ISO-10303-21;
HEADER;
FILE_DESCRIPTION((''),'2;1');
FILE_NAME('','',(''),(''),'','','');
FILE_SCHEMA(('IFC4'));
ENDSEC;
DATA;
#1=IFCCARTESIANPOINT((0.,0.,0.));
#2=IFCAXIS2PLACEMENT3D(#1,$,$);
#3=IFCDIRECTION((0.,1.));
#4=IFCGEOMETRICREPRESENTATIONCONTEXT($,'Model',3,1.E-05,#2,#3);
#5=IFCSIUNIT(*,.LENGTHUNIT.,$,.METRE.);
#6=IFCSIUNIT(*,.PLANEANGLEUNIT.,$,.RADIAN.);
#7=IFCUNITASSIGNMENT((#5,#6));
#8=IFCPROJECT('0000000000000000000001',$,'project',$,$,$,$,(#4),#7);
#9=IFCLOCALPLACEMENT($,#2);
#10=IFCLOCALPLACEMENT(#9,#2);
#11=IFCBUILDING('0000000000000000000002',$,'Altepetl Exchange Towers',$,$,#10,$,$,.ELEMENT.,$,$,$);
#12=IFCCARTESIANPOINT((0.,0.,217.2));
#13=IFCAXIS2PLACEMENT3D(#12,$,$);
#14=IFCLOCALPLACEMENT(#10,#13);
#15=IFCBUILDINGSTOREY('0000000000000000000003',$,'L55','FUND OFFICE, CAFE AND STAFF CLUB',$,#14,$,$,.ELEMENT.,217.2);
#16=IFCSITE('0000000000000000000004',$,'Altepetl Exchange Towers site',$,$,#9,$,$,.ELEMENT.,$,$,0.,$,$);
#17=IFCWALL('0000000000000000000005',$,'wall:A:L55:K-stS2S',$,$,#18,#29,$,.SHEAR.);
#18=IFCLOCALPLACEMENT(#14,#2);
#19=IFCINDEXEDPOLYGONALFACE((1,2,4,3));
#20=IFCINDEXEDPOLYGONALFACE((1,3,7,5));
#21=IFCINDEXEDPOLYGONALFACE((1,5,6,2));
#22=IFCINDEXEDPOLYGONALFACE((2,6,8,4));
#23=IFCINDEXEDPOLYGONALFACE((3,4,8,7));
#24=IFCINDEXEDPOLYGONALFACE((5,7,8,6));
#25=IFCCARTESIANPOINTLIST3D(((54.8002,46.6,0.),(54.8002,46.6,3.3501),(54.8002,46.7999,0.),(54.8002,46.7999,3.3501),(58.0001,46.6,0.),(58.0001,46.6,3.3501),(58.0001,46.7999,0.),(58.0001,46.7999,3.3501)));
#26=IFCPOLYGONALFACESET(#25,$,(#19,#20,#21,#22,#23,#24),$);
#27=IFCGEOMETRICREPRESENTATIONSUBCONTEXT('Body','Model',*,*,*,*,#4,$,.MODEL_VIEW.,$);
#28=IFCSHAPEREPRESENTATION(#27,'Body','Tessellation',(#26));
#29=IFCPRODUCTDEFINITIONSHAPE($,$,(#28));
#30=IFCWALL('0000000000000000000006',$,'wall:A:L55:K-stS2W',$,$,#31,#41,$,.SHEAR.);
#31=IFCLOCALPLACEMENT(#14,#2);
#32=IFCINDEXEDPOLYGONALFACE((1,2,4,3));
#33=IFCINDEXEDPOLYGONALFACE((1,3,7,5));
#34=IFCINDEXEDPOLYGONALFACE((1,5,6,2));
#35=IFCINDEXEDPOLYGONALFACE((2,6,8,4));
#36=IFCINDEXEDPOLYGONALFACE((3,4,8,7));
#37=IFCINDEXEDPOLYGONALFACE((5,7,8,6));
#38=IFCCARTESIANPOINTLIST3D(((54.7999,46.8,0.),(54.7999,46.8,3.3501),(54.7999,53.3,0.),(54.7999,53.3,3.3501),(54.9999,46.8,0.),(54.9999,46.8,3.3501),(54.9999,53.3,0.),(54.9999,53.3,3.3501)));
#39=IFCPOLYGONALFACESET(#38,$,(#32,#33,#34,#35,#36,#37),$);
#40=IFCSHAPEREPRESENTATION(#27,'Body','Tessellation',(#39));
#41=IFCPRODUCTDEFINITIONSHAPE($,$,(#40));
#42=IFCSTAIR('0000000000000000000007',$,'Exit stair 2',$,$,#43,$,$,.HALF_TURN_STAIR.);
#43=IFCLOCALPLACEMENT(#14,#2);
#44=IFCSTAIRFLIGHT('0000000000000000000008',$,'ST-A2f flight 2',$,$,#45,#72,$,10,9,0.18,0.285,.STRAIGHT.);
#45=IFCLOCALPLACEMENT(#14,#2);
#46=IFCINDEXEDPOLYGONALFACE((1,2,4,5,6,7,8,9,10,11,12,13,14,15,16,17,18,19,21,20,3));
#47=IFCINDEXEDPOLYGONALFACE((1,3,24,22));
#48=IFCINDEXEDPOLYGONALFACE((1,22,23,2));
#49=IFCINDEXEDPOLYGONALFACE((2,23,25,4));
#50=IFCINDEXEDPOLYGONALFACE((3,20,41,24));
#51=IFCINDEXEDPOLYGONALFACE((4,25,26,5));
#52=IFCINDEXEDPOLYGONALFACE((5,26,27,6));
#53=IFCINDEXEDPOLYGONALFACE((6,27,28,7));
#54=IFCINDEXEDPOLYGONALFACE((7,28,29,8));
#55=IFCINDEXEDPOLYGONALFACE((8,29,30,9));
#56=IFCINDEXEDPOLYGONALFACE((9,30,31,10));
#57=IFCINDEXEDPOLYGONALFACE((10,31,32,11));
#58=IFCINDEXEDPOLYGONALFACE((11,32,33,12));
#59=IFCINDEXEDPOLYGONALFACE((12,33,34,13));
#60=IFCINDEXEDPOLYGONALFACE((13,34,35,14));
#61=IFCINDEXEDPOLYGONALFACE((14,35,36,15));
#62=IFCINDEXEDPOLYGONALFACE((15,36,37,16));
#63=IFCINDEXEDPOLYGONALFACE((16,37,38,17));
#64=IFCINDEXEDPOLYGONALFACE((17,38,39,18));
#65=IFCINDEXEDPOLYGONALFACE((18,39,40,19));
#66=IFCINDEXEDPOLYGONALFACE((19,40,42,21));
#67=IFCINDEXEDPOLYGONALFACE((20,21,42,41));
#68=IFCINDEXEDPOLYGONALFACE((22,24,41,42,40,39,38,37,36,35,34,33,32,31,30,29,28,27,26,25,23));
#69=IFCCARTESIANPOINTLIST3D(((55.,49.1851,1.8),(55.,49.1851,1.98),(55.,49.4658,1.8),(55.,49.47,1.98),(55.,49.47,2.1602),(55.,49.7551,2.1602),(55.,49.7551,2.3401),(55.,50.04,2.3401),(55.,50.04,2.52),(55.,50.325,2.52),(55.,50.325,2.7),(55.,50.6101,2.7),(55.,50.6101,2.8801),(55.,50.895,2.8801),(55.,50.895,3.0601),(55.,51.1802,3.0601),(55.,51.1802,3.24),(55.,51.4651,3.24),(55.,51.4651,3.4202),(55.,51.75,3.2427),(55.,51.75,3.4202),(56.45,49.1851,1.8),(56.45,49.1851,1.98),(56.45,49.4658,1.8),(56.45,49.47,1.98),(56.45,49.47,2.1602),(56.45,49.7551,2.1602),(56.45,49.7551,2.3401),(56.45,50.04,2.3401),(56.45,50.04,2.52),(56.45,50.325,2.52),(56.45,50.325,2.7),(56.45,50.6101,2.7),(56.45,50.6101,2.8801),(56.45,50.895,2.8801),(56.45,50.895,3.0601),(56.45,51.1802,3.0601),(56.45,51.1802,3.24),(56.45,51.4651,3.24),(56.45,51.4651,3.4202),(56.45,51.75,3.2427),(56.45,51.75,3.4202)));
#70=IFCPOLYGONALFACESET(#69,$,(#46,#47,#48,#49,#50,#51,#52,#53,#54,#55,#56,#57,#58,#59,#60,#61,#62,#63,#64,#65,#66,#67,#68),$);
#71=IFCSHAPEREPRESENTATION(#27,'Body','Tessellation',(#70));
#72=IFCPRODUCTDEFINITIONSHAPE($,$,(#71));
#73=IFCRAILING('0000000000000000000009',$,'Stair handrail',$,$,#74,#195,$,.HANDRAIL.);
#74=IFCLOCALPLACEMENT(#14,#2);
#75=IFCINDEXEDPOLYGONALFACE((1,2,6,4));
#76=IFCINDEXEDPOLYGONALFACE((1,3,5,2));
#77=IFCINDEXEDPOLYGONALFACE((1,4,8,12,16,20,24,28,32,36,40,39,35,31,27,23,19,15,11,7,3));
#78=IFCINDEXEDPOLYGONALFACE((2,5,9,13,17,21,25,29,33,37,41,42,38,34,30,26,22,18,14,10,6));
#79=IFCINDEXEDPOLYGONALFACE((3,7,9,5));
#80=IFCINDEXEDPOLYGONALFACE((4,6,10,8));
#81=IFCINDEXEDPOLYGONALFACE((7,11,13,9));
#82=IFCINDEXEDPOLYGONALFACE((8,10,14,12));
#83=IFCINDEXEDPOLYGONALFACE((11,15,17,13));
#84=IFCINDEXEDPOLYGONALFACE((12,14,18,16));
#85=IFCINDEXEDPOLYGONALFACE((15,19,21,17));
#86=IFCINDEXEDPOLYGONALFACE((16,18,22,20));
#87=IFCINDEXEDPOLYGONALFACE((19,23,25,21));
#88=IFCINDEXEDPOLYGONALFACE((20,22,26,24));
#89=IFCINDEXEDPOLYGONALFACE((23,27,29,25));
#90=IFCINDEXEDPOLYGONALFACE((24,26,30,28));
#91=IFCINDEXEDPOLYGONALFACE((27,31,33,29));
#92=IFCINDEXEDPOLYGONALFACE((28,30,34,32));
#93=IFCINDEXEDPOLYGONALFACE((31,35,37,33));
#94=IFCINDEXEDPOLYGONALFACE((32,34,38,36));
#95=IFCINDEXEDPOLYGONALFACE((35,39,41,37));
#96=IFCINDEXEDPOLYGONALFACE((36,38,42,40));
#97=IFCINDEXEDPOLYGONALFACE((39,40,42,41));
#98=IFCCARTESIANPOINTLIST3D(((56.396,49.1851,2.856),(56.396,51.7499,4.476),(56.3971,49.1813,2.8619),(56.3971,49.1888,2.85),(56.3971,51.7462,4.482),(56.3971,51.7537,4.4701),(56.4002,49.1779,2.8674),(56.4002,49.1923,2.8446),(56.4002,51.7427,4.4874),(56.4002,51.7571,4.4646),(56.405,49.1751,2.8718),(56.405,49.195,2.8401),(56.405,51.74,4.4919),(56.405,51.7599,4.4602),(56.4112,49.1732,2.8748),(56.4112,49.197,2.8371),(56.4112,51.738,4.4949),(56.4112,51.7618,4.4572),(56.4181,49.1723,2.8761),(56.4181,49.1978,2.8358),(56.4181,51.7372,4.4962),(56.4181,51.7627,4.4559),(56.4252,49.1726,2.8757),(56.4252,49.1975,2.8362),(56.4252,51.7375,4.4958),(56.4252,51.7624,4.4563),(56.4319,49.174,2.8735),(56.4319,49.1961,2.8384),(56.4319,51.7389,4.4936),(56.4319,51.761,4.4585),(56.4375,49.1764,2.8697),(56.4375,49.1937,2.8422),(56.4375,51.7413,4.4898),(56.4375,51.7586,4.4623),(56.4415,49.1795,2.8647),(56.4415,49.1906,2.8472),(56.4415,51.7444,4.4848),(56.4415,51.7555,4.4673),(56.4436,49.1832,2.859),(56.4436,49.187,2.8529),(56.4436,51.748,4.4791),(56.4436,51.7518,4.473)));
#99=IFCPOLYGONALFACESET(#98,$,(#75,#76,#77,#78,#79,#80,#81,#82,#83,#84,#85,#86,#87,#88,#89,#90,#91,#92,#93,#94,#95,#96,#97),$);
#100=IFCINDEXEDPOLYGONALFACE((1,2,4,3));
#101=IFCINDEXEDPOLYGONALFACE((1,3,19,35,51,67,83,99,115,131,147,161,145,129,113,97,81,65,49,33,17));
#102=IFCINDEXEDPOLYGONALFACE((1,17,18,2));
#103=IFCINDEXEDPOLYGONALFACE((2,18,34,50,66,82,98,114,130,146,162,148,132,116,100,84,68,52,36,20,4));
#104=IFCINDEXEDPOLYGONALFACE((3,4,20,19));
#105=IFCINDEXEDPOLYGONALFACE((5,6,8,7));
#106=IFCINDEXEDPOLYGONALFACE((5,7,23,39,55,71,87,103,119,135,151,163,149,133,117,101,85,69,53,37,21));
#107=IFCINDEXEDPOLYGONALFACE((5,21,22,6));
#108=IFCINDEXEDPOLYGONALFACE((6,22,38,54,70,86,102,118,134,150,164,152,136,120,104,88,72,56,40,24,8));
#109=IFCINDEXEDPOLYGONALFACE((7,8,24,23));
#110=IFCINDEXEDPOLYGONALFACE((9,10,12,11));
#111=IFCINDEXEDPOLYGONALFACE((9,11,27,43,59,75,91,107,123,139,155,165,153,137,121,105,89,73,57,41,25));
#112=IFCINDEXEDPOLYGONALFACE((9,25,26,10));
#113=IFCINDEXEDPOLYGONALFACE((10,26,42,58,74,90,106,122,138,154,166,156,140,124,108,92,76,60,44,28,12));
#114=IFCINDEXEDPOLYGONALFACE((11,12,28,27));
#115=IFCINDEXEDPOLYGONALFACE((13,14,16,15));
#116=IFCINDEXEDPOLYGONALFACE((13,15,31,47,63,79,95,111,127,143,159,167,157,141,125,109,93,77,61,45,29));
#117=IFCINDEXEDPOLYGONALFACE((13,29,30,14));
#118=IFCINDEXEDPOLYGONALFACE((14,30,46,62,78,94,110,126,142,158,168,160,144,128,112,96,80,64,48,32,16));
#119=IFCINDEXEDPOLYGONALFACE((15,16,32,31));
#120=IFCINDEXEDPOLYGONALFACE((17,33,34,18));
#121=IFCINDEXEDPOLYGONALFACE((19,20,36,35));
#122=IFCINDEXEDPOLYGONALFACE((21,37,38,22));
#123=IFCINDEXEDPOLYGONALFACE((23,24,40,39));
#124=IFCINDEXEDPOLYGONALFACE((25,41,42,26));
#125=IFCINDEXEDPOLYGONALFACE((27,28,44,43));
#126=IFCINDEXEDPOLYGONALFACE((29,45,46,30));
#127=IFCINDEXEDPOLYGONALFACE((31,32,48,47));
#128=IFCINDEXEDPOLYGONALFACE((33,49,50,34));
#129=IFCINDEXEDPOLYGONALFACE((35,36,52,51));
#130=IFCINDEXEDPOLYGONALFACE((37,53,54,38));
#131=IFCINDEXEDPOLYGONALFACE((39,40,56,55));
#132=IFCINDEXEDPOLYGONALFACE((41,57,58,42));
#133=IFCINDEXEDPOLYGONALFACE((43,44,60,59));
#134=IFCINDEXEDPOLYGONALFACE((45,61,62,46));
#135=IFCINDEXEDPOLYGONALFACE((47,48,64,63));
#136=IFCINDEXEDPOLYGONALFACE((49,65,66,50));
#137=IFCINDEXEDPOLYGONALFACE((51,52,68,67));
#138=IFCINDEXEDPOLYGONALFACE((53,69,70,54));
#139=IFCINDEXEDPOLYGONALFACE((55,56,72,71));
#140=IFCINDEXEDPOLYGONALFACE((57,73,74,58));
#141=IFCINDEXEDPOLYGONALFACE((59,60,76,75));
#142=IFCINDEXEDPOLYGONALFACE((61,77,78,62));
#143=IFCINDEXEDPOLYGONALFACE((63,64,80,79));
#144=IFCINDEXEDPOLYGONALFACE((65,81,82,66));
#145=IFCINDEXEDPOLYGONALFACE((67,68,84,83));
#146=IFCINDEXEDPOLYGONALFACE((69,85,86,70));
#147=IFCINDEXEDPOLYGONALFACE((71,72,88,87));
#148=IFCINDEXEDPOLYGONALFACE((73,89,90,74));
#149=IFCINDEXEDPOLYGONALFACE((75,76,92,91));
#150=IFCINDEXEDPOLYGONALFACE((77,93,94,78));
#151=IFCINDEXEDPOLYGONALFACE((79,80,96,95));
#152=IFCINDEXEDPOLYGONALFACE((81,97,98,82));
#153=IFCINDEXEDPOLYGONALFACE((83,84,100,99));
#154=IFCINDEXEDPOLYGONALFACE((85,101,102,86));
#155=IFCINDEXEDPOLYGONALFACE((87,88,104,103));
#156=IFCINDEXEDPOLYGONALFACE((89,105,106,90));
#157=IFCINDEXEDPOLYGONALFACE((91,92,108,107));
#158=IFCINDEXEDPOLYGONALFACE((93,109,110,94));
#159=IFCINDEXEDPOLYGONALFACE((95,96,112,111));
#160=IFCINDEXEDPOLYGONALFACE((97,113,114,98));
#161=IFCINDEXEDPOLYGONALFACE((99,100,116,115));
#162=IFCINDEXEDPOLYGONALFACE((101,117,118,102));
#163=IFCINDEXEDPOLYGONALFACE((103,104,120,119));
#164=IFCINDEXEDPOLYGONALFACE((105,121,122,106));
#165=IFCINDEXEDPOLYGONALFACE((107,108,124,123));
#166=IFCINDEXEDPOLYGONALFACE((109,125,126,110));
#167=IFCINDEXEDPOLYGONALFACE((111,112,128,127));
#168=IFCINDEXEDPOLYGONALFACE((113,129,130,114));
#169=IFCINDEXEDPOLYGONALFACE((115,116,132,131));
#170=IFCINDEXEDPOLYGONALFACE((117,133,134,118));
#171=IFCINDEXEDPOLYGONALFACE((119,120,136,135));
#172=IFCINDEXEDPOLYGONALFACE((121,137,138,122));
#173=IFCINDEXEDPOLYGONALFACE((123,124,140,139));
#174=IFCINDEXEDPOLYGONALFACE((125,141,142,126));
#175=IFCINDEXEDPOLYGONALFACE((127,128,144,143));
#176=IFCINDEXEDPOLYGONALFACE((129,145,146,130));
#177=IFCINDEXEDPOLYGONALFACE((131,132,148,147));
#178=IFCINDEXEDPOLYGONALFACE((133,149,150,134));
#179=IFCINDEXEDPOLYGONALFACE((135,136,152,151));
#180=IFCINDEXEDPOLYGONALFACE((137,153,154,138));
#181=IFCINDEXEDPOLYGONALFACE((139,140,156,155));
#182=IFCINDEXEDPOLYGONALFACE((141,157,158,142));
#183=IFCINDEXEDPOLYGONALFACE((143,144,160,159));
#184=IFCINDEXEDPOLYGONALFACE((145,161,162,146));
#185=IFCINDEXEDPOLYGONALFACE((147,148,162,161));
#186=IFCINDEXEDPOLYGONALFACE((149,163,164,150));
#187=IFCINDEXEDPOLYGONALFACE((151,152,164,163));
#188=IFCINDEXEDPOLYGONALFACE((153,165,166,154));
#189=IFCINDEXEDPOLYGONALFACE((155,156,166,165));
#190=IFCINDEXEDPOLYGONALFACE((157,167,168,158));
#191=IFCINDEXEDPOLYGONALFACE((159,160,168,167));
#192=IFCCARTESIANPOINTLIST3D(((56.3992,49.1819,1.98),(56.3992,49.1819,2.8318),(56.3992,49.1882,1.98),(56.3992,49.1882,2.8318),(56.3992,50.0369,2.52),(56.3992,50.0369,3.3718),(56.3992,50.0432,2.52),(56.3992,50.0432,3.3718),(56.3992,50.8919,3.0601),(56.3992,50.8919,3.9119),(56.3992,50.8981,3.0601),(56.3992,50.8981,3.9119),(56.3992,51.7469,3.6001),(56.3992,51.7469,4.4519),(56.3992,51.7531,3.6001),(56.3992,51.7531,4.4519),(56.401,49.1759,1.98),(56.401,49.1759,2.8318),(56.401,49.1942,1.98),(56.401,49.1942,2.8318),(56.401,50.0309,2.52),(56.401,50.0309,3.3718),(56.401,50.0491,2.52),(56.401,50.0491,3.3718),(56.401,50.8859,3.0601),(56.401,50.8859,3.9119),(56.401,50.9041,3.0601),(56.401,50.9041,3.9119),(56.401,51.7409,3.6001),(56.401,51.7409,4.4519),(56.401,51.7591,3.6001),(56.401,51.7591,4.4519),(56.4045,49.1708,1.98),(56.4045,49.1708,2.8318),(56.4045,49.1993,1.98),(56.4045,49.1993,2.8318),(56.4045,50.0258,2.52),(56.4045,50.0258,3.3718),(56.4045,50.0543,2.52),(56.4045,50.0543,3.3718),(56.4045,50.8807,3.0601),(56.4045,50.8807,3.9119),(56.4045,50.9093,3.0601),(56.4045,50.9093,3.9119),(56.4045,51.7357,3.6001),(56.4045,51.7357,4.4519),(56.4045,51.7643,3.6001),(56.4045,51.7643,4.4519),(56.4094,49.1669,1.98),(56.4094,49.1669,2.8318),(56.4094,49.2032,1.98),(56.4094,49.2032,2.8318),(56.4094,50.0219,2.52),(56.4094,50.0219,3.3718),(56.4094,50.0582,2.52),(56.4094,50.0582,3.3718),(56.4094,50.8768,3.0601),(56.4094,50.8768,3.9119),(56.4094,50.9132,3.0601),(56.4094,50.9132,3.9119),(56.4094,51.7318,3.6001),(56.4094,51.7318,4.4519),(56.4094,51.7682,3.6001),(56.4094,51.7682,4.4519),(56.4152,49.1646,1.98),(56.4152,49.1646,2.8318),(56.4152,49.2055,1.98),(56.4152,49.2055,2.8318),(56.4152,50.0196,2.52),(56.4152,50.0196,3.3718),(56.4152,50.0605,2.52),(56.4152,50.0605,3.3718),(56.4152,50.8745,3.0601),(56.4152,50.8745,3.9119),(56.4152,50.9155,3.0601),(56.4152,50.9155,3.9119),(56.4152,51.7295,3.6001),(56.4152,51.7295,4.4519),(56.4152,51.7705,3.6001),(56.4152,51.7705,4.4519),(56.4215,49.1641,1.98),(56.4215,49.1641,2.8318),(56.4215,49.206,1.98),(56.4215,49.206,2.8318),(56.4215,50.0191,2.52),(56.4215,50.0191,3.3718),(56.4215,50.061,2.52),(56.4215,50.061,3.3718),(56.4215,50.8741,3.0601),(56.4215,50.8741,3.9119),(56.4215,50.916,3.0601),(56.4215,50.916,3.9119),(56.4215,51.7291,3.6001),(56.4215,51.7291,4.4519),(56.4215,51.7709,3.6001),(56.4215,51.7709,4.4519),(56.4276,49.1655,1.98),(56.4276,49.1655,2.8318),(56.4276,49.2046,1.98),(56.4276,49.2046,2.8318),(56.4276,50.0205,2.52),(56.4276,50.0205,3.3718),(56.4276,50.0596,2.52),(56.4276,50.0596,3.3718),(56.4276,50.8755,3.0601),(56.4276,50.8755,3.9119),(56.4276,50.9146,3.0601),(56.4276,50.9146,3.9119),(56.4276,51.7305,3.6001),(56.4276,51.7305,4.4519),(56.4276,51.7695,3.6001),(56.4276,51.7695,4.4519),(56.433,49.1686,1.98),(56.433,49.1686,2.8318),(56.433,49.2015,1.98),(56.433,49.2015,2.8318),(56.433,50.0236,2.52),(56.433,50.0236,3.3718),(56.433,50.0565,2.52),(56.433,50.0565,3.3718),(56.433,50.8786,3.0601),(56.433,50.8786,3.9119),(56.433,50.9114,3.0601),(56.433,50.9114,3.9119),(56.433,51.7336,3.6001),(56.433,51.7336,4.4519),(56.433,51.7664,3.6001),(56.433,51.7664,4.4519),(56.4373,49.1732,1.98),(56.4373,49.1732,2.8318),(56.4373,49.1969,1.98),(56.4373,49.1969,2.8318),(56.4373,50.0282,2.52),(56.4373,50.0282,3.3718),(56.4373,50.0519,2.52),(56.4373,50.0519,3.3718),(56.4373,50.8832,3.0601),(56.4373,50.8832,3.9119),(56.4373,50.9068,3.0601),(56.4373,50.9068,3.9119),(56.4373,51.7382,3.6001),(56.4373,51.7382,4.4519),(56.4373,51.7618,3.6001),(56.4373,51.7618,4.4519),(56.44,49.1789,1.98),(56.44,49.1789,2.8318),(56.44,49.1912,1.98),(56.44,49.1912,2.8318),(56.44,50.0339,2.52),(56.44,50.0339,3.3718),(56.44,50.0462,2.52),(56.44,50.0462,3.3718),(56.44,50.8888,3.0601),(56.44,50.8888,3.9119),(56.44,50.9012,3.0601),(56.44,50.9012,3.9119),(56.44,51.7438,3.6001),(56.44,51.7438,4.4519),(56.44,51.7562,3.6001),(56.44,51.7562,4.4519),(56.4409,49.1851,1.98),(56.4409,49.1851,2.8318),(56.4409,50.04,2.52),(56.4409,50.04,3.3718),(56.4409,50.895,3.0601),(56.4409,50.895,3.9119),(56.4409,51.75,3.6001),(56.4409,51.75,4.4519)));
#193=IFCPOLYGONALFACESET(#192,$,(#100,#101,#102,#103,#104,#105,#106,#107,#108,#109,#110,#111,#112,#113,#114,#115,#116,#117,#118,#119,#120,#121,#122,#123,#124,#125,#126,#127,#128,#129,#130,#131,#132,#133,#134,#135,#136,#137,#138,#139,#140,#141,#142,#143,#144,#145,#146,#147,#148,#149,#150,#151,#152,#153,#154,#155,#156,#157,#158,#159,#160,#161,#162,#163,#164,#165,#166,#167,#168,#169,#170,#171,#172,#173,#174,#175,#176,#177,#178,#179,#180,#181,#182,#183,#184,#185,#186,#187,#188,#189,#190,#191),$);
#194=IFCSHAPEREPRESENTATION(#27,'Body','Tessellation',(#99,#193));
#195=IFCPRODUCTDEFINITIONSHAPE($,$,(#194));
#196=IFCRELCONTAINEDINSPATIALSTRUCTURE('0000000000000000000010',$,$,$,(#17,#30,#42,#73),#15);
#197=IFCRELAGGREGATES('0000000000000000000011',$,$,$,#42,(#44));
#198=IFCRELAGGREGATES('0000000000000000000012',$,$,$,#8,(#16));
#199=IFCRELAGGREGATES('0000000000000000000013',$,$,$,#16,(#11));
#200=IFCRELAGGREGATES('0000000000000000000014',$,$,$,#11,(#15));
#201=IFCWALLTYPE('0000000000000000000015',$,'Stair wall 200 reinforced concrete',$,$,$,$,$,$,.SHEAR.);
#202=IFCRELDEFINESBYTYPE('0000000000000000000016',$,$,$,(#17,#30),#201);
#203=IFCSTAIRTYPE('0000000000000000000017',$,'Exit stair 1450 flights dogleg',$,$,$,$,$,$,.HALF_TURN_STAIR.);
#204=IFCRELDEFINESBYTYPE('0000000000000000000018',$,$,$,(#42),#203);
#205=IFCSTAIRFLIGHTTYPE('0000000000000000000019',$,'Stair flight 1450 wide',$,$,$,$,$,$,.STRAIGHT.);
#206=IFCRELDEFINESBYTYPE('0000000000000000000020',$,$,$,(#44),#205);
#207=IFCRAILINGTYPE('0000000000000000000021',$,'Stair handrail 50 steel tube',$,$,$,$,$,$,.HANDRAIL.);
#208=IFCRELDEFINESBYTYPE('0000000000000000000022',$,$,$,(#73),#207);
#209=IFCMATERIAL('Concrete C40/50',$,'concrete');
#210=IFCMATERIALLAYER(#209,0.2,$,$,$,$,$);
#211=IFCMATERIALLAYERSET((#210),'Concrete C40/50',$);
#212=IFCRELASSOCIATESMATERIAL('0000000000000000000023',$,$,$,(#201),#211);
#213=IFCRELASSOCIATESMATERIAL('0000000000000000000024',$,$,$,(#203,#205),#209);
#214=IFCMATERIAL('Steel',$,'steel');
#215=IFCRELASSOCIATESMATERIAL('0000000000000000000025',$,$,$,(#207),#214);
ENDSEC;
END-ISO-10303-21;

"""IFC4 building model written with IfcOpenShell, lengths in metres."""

from ifc_helpers import new_model, si_unit, direction, frame, frame_2d, origin, origin_2d, place, context, subcontext, project, spatial, polyline, rectangle, circle, outline, extrude, source, transform, mapped, material, layer, layer_set, type_object, element, aggregate, save


model = new_model("IFC4")

# Units and contexts
model_context = context("Model", 3, precision=1e-05, world=origin(), true_north=direction((0.0, 1.0)))
body_context = subcontext(model_context, "Body", "Model", "MODEL_VIEW")
ifc_project = project(units=[si_unit("LENGTHUNIT", "METRE"), si_unit("PLANEANGLEUNIT", "RADIAN")], contexts=[model_context])

# Site, building, storey
site_placement = place(None, origin())
site = spatial("IfcSite", under=ifc_project, at=site_placement, Name="Altepetl Exchange Towers site", CompositionType="ELEMENT", RefElevation=0.0)
building_placement = place(site_placement, origin())
building = spatial("IfcBuilding", under=site, at=building_placement, Name="Altepetl Exchange Towers", CompositionType="ELEMENT")
storey_placement = place(building_placement, frame((0.0, 0.0, 217.2)))
storey = spatial("IfcBuildingStorey", under=building, at=storey_placement, Name="L55", Description="FUND OFFICE, CAFE AND STAFF CLUB", CompositionType="ELEMENT", Elevation=217.2)

# Walls
ifc_material_1 = material(Name="Concrete C40/50", Category="concrete")
ifc_layer_1 = layer(ifc_material_1, 0.2)
ifc_layer_set_1 = layer_set([ifc_layer_1], Name="Concrete C40/50")
wall_type_1 = type_object("IfcWallType", Name="Stair wall 200 reinforced concrete", PredefinedType="SHEAR", material=ifc_layer_set_1)
wall_1_placement = place(storey_placement, frame((54.8, 46.7, 0.0)))
element("IfcWall", 1, at=wall_1_placement, inside=storey, type_object=wall_type_1, Name="wall:A:L55:K-stS2S", PredefinedType="SHEAR", context=body_context, shape_type="SweptSolid", body=[
    extrude(rectangle(XDim=3.2, YDim=0.2, at=frame_2d((1.6001, 0.0))), origin(), (0.0, 0.0, 1.0), 3.3501),
])
wall_2_placement = place(storey_placement, frame((54.8999, 46.8, 0.0), z_axis=(0.0, 0.0, 1.0), x_axis=(0.0, 1.0, 0.0)))
element("IfcWall", 2, at=wall_2_placement, inside=storey, type_object=wall_type_1, Name="wall:A:L55:K-stS2W", PredefinedType="SHEAR", context=body_context, shape_type="SweptSolid", body=[
    extrude(rectangle(XDim=6.5, YDim=0.2, at=frame_2d((3.25, 0.0))), origin(), (0.0, 0.0, 1.0), 3.3501),
])

# Stair, stair flight
stair_type = type_object("IfcStairType", Name="Exit stair 1450 flights dogleg", PredefinedType="HALF_TURN_STAIR", material=ifc_material_1)
stair_placement = place(storey_placement, origin())
stair = element("IfcStair", 3, at=stair_placement, inside=storey, type_object=stair_type, Name="Exit stair 2", PredefinedType="HALF_TURN_STAIR")
stair_flight_type = type_object("IfcStairFlightType", Name="Stair flight 1450 wide", PredefinedType="STRAIGHT", material=ifc_material_1)
stair_flight_placement = place(storey_placement, frame((55.7251, 49.1851, 1.8), z_axis=(0.0, 0.0, 1.0), x_axis=(0.0, 1.0, 0.0)))
stair_flight = element("IfcStairFlight", 4, at=stair_flight_placement, type_object=stair_flight_type, Name="ST-A2f flight 2", NumberOfRisers=10, NumberOfTreads=9, PredefinedType="STRAIGHT", RiserHeight=0.18, TreadLength=0.285, context=body_context, shape_type="SweptSolid", body=[
    extrude(outline(polyline([(0.0, 0.0), (0.0, 0.1799), (0.2849, 0.1799), (0.2849, 0.3601), (0.5701, 0.3601), (0.5701, 0.54), (0.855, 0.54), (0.855, 0.72), (1.1399, 0.72), (1.1399, 0.8999), (1.425, 0.8999), (1.425, 1.0801), (1.71, 1.0801), (1.71, 1.26), (1.9951, 1.26), (1.9951, 1.4399), (2.28, 1.4399), (2.28, 1.6201), (2.5649, 1.6201), (2.5649, 1.8), (2.5649, 1.4426), (0.2808, 0.0), (0.0, 0.0)])), frame((0.0, 0.7251, 0.0), z_axis=(0.0, -1.0, 0.0), x_axis=(1.0, 0.0, 0.0)), (0.0, 0.0, 1.0), 1.45),
])
aggregate(stair, [stair_flight])

# Railing
ifc_material_2 = material(Name="Steel", Category="steel")
railing_type = type_object("IfcRailingType", Name="Stair handrail 50 steel tube", PredefinedType="HANDRAIL", material=ifc_material_2)
shared_shape = source(origin(), body_context, "Body", "SweptSolid", [
    extrude(circle(Radius=0.021, at=origin_2d()), origin(), (0.0, 0.0, 1.0), 0.8518),
])
railing_placement = place(storey_placement, frame((56.4199, 49.1851, 1.98)))
element("IfcRailing", 5, at=railing_placement, inside=storey, type_object=railing_type, Name="Stair handrail", PredefinedType="HANDRAIL", context=body_context, shape_type="SweptSolid", body=[
    extrude(circle(Radius=0.0239, at=origin_2d()), frame((0.0, 0.0, 0.876), z_axis=(0.0, 0.845466, 0.534029), x_axis=(-1.0, 0.0, 0.0)), (0.0, 0.0, 1.0), 3.0337),
    mapped(shared_shape, transform((0.0, 0.0, 0.0))),
    mapped(shared_shape, transform((0.0, 0.855, 0.54))),
    mapped(shared_shape, transform((0.0, 1.71, 1.0801))),
    mapped(shared_shape, transform((0.0, 2.5649, 1.6201))),
])

save(model, "model.ifc")
